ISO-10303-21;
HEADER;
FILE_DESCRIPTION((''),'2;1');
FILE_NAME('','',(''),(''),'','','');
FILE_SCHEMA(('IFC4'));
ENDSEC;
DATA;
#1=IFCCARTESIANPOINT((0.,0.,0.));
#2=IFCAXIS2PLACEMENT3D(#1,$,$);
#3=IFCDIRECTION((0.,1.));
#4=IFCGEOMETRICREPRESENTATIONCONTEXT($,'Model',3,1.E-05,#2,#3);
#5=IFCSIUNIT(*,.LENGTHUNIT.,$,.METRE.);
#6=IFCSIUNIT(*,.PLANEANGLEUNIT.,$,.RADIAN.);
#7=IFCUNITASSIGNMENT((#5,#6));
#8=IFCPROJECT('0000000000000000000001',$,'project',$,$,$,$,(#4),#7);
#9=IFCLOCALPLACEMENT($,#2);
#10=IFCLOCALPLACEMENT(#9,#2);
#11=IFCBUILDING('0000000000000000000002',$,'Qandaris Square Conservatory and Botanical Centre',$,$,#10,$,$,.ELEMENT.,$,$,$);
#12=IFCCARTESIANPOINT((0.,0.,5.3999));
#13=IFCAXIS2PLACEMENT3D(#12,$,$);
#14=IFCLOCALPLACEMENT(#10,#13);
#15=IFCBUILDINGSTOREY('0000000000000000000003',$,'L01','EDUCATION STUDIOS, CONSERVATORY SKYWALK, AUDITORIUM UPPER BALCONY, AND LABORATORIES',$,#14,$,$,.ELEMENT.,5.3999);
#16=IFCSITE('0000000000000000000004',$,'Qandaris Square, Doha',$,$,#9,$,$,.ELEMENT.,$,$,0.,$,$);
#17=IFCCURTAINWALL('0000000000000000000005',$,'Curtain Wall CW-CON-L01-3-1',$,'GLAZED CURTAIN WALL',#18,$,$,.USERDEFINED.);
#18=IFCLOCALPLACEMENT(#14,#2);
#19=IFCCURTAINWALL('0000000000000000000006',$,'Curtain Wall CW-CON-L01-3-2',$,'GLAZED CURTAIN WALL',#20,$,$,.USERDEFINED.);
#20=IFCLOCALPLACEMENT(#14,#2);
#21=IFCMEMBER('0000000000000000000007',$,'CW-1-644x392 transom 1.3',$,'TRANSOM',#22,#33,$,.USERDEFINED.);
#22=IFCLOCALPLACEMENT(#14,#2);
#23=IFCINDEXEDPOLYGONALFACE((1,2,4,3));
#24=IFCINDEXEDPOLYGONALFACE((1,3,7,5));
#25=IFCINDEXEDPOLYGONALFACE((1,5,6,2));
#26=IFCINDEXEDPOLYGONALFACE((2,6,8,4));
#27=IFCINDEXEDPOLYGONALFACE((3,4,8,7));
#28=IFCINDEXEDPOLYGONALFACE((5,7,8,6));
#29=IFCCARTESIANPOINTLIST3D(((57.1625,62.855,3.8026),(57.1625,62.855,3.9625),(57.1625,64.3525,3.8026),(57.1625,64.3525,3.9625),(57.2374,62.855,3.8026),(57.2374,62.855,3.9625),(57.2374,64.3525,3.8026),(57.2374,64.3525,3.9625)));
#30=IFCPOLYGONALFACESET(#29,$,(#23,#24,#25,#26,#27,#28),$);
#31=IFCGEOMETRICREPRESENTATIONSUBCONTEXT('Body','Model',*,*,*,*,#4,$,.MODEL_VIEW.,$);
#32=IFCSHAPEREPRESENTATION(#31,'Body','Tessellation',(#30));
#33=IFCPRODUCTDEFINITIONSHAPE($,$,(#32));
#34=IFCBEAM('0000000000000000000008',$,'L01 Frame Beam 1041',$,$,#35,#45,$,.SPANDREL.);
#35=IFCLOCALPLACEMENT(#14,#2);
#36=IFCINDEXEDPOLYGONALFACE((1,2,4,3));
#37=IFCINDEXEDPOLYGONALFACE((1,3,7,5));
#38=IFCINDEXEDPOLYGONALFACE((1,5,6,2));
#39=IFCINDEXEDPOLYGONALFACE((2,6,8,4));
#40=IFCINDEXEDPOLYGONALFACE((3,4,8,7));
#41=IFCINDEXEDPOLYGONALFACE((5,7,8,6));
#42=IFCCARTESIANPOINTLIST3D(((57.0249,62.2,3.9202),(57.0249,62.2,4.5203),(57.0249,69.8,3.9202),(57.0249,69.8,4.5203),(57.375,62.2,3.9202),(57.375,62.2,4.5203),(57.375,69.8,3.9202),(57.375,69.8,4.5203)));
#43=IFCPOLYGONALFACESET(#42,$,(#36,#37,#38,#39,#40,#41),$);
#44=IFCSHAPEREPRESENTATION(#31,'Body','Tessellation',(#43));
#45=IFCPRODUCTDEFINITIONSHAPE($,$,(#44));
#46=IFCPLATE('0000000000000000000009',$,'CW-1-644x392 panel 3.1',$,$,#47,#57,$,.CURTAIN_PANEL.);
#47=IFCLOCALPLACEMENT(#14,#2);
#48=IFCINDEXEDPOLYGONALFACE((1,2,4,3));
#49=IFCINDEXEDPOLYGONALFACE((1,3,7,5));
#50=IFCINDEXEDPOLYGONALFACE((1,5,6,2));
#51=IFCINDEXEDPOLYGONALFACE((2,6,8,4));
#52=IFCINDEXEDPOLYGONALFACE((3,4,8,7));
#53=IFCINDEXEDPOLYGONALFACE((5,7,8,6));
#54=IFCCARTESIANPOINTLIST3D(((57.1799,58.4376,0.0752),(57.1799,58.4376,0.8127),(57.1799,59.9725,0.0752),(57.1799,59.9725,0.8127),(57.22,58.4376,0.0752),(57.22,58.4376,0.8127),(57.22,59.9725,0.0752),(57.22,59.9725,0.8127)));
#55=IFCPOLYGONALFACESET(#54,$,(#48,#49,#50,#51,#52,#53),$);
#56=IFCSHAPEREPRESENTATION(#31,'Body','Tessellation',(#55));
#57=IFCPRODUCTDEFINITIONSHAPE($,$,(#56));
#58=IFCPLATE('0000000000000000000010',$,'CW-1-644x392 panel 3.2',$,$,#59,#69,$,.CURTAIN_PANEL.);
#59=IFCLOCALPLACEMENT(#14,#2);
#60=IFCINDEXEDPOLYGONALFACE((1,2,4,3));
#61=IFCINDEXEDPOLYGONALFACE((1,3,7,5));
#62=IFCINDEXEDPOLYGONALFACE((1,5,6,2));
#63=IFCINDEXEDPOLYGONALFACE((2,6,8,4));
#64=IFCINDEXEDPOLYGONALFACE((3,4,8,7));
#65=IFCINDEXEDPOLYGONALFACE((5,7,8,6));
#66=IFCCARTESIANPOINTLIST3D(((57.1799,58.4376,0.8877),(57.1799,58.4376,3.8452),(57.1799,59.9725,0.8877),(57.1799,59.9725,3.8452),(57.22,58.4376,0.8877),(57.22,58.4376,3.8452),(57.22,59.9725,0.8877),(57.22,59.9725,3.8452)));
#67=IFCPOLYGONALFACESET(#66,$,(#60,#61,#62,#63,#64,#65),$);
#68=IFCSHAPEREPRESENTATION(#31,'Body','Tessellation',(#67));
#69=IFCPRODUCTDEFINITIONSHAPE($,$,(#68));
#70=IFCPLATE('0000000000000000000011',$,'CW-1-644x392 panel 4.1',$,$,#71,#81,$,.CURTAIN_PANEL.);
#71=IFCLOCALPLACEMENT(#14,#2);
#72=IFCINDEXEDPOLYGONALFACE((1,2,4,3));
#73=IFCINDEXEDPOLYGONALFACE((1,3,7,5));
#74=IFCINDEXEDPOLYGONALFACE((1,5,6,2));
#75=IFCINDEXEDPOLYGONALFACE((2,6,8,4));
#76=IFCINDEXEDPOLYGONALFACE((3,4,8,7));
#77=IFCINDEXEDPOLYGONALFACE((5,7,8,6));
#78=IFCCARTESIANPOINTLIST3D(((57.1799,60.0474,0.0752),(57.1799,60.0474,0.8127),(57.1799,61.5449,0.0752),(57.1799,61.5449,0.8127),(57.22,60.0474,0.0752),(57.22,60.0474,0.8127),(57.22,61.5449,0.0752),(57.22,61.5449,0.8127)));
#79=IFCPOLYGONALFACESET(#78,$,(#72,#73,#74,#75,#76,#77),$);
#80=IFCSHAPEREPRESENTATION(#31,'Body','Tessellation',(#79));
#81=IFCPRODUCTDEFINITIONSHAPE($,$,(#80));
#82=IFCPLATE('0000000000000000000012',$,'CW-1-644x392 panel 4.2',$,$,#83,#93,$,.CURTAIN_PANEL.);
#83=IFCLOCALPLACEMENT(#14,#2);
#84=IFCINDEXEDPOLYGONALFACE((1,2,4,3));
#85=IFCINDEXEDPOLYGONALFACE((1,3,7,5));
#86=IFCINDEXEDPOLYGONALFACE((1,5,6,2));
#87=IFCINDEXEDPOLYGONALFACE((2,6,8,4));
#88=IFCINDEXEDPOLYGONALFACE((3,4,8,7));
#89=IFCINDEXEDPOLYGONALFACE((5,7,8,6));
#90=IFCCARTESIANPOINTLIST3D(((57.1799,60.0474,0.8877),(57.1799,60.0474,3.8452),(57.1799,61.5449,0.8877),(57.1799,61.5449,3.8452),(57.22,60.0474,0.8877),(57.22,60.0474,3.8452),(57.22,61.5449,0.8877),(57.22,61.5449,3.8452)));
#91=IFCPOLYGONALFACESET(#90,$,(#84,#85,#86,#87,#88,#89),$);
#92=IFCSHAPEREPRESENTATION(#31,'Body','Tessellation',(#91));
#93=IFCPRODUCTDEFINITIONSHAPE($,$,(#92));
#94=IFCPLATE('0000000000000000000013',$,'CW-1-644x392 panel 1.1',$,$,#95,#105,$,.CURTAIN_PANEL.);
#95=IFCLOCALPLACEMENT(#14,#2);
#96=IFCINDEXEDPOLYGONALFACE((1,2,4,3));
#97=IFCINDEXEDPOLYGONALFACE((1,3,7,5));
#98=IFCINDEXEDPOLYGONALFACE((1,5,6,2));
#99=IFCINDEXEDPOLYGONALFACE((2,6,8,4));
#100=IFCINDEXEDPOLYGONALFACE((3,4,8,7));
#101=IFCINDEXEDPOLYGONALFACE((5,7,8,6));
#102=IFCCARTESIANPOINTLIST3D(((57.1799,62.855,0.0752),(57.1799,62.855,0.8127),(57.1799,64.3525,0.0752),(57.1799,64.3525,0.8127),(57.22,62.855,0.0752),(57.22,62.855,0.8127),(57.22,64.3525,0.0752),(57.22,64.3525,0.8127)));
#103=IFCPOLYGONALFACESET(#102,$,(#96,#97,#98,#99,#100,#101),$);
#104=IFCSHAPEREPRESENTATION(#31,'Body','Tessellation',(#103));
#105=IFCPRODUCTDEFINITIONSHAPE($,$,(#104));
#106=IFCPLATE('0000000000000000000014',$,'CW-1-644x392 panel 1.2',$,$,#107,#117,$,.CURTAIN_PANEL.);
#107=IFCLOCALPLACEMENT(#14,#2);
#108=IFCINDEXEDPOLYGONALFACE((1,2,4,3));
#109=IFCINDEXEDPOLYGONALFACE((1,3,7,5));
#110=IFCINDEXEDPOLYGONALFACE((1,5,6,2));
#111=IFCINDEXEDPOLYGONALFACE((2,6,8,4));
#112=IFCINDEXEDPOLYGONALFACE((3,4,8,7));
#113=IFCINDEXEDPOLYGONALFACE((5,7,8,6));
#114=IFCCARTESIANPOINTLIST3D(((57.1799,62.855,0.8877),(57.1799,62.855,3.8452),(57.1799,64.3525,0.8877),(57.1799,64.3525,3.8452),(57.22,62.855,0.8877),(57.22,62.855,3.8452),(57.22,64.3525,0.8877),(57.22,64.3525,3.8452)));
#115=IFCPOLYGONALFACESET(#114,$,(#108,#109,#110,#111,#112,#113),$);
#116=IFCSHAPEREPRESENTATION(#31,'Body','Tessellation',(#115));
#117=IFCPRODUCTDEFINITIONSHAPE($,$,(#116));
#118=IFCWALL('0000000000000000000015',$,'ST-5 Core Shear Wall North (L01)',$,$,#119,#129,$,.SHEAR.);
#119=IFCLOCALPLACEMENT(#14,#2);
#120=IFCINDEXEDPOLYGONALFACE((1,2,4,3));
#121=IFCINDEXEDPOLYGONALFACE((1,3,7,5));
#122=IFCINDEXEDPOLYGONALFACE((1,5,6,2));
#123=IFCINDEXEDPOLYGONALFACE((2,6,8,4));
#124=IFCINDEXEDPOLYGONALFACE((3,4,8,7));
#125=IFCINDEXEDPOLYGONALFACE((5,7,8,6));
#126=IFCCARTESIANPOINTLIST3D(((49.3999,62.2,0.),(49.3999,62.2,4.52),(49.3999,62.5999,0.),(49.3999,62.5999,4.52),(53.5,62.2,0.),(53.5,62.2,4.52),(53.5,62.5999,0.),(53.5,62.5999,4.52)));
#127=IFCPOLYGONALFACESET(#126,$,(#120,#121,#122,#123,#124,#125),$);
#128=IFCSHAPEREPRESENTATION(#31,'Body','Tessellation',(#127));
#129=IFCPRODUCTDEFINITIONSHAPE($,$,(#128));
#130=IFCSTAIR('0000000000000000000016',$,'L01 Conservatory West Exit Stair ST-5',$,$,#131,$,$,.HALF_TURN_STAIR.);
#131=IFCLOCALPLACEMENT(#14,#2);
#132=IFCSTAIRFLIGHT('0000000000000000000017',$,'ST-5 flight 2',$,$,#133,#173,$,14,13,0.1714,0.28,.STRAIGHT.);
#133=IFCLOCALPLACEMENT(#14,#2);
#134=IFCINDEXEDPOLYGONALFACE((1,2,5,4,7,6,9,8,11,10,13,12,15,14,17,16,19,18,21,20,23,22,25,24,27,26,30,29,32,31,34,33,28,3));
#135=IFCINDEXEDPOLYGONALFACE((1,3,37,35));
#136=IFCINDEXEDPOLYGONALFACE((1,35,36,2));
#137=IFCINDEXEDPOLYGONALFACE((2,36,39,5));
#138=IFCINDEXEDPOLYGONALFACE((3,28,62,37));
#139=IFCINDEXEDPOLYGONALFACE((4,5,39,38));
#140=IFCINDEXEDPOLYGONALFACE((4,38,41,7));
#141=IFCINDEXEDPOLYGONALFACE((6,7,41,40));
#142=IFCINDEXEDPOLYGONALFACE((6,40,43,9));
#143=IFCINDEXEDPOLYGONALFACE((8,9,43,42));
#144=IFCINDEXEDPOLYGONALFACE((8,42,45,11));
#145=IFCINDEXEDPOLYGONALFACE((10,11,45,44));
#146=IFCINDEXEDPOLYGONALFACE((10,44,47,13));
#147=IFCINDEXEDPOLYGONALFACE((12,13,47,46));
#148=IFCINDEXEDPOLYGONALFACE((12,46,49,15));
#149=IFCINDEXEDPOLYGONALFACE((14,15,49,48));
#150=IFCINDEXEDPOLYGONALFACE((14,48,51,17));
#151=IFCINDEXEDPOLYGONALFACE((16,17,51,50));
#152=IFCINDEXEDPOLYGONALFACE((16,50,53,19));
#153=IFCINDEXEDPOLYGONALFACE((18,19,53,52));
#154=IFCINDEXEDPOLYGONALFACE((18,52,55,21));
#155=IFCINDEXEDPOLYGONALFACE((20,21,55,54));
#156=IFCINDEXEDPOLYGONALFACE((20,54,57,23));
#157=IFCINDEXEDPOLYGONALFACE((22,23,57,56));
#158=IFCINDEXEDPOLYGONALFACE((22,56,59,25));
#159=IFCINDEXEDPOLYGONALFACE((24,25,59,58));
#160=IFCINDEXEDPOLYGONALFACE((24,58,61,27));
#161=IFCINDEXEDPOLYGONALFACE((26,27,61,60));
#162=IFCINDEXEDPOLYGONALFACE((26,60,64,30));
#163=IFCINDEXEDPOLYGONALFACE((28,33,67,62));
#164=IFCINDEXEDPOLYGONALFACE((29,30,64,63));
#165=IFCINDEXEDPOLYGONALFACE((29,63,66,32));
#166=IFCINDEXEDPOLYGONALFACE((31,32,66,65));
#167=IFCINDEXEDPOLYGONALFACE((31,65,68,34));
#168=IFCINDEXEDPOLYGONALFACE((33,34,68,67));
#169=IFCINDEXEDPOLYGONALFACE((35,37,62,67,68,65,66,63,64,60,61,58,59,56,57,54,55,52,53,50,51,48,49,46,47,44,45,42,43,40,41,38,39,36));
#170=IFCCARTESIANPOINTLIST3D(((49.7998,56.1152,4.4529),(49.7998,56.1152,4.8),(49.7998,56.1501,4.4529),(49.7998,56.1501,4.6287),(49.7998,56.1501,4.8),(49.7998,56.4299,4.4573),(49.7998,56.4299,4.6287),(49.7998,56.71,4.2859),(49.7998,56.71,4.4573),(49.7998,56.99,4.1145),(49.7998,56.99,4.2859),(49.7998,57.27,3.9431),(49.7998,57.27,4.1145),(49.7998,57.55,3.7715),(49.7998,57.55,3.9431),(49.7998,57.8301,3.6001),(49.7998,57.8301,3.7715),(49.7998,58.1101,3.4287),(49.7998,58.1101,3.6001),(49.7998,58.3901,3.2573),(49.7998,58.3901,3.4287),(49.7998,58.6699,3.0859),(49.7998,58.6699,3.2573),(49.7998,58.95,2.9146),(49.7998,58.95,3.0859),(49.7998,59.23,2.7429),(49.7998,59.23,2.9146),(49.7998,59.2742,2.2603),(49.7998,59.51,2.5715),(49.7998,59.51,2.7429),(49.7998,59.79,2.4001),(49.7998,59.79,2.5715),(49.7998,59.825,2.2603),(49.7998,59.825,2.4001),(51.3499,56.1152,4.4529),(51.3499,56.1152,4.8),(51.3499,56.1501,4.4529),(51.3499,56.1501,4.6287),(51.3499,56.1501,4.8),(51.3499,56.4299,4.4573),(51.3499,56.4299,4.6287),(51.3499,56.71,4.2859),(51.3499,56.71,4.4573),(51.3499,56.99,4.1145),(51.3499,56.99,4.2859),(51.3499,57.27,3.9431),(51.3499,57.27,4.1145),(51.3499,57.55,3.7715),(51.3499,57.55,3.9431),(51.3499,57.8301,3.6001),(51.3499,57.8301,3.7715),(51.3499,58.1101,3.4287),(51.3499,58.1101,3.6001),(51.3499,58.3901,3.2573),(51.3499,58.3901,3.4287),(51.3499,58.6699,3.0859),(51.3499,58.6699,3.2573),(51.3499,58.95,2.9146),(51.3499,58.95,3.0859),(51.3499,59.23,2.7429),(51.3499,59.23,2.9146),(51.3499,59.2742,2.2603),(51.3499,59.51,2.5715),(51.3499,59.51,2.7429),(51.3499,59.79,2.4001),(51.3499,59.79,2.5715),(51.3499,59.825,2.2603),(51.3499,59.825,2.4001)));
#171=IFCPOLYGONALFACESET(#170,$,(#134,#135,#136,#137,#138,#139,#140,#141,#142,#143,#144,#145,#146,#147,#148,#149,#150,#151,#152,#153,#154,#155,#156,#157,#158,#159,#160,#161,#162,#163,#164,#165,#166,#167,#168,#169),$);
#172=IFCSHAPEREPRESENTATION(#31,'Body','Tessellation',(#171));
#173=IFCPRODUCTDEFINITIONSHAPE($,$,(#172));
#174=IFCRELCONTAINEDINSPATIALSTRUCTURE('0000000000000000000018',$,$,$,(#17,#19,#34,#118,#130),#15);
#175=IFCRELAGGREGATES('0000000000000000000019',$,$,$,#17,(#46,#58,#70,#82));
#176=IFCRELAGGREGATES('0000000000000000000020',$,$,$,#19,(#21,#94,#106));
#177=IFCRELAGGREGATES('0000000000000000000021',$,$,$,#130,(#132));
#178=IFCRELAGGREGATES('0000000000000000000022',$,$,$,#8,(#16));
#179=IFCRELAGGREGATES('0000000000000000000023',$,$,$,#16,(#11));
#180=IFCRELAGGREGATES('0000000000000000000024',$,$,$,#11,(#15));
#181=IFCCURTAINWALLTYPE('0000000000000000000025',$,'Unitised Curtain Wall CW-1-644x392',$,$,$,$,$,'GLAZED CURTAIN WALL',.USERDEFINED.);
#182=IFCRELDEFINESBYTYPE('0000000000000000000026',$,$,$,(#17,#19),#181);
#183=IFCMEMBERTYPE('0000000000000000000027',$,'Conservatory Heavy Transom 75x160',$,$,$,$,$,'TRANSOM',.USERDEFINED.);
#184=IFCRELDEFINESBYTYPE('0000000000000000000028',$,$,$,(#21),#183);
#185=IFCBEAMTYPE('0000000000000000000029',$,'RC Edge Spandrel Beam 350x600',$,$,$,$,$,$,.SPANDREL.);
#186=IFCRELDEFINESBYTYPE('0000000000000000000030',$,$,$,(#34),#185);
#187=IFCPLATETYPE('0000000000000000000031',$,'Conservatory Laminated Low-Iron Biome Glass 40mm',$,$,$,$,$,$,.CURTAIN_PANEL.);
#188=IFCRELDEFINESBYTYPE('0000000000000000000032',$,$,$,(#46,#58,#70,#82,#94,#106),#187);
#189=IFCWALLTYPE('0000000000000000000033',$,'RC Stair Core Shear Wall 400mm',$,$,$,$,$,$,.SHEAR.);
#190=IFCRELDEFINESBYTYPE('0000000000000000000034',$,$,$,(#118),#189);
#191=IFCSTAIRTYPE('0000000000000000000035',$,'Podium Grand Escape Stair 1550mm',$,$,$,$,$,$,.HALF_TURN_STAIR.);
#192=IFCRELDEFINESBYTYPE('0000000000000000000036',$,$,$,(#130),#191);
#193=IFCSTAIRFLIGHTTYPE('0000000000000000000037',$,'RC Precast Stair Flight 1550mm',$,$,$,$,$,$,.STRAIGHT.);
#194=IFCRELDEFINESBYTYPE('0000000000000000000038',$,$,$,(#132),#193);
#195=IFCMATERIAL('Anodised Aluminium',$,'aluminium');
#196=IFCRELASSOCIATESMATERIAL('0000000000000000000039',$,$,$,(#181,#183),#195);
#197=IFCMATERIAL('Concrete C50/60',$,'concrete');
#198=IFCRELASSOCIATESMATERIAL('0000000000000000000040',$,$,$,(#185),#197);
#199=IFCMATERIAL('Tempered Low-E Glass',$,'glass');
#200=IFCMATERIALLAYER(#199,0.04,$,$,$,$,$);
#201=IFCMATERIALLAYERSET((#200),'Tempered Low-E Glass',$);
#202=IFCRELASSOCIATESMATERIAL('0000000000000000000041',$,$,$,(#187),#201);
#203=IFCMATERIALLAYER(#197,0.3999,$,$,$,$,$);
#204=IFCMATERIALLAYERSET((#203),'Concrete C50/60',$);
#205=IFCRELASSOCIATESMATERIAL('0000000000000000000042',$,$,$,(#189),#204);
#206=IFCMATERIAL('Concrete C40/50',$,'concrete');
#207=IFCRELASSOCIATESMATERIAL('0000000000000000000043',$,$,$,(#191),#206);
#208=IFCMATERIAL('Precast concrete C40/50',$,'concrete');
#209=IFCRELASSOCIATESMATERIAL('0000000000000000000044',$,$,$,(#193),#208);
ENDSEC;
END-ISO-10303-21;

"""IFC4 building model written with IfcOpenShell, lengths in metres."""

from ifc_helpers import new_model, si_unit, direction, frame, frame_2d, origin, origin_2d, place, context, subcontext, project, spatial, polyline, rectangle, outline, extrude, material, layer, layer_set, material_profile, profile_set, type_object, element, aggregate, save


model = new_model("IFC4")

# Units and contexts
model_context = context("Model", 3, precision=1e-05, world=origin(), true_north=direction((0.0, 1.0)))
body_context = subcontext(model_context, "Body", "Model", "MODEL_VIEW")
ifc_project = project(units=[si_unit("LENGTHUNIT", "METRE"), si_unit("PLANEANGLEUNIT", "RADIAN")], contexts=[model_context])

# Site, building, storey
site_placement = place(None, origin())
site = spatial("IfcSite", under=ifc_project, at=site_placement, Name="Qandaris Square, Doha", CompositionType="ELEMENT", RefElevation=0.0)
building_placement = place(site_placement, origin())
building = spatial("IfcBuilding", under=site, at=building_placement, Name="Qandaris Square Conservatory and Botanical Centre", CompositionType="ELEMENT")
storey_placement = place(building_placement, frame((0.0, 0.0, 5.3999)))
storey = spatial("IfcBuildingStorey", under=building, at=storey_placement, Name="L01", Description="EDUCATION STUDIOS, CONSERVATORY SKYWALK, AUDITORIUM UPPER BALCONY, AND LABORATORIES", CompositionType="ELEMENT", Elevation=5.3999)

# Shared definitions
ifc_material_1 = material(Name="Concrete C50/60", Category="concrete")

# Curtain walls
ifc_material_2 = material(Name="Anodised Aluminium", Category="aluminium")
curtain_wall_type = type_object("IfcCurtainWallType", Name="Unitised Curtain Wall CW-1-644x392", ElementType="GLAZED CURTAIN WALL", PredefinedType="USERDEFINED", material=ifc_material_2)
curtain_wall_1_placement = place(storey_placement, origin())
curtain_wall_1 = element("IfcCurtainWall", 1, at=curtain_wall_1_placement, inside=storey, type_object=curtain_wall_type, Name="Curtain Wall CW-CON-L01-3-1", ObjectType="GLAZED CURTAIN WALL", PredefinedType="USERDEFINED")
curtain_wall_2_placement = place(storey_placement, origin())
curtain_wall_2 = element("IfcCurtainWall", 2, at=curtain_wall_2_placement, inside=storey, type_object=curtain_wall_type, Name="Curtain Wall CW-CON-L01-3-2", ObjectType="GLAZED CURTAIN WALL", PredefinedType="USERDEFINED")

# Member
ifc_material_profile_1 = material_profile(ifc_material_2, rectangle(XDim=0.075, YDim=0.1599, at=origin_2d()), Name="ALU-TRN 75x160")
ifc_profile_set_1 = profile_set([ifc_material_profile_1], Name="Anodised Aluminium")
member_type_1 = type_object("IfcMemberType", Name="Conservatory Heavy Transom 75x160", ElementType="TRANSOM", PredefinedType="USERDEFINED", material=ifc_profile_set_1)
member_1_placement = place(storey_placement, frame((57.2, 62.855, 3.8826), z_axis=(0.0, 1.0, 0.0), x_axis=(-1.0, 0.0, 0.0)))
member_1 = element("IfcMember", 3, at=member_1_placement, type_object=member_type_1, Name="CW-1-644x392 transom 1.3", ObjectType="TRANSOM", PredefinedType="USERDEFINED", context=body_context, shape_type="SweptSolid", body=[
    extrude(rectangle(XDim=0.075, YDim=0.1599, at=origin_2d()), origin(), (0.0, 0.0, 1.0), 1.4976),
])

# Beam
ifc_material_profile_2 = material_profile(ifc_material_1, rectangle(XDim=0.3501, YDim=0.6001, at=origin_2d()), Name="RC-SP 350x600")
ifc_profile_set_2 = profile_set([ifc_material_profile_2], Name="Concrete C50/60")
beam_type = type_object("IfcBeamType", Name="RC Edge Spandrel Beam 350x600", PredefinedType="SPANDREL", material=ifc_profile_set_2)
beam_placement = place(storey_placement, frame((57.2, 62.2, 4.2202), z_axis=(0.0, 1.0, 0.0), x_axis=(-1.0, 0.0, 0.0)))
element("IfcBeam", 4, at=beam_placement, inside=storey, type_object=beam_type, Name="L01 Frame Beam 1041", PredefinedType="SPANDREL", context=body_context, shape_type="SweptSolid", body=[
    extrude(rectangle(XDim=0.3501, YDim=0.6001, at=origin_2d()), origin(), (0.0, 0.0, 1.0), 7.6001),
])

# Plates
ifc_material_3 = material(Name="Tempered Low-E Glass", Category="glass")
ifc_layer_1 = layer(ifc_material_3, 0.04)
ifc_layer_set_1 = layer_set([ifc_layer_1], Name="Tempered Low-E Glass")
plate_type = type_object("IfcPlateType", Name="Conservatory Laminated Low-Iron Biome Glass 40mm", PredefinedType="CURTAIN_PANEL", material=ifc_layer_set_1)
plate_1_placement = place(storey_placement, frame((57.2, 59.2051, 0.0752), z_axis=(0.0, 0.0, 1.0), x_axis=(0.0, 1.0, 0.0)))
plate_1 = element("IfcPlate", 5, at=plate_1_placement, type_object=plate_type, Name="CW-1-644x392 panel 3.1", PredefinedType="CURTAIN_PANEL", context=body_context, shape_type="SweptSolid", body=[
    extrude(rectangle(XDim=1.5349, YDim=0.04, at=origin_2d()), origin(), (0.0, 0.0, 1.0), 0.7375),
])
plate_2_placement = place(storey_placement, frame((57.2, 59.2051, 0.8877), z_axis=(0.0, 0.0, 1.0), x_axis=(0.0, 1.0, 0.0)))
plate_2 = element("IfcPlate", 6, at=plate_2_placement, type_object=plate_type, Name="CW-1-644x392 panel 3.2", PredefinedType="CURTAIN_PANEL", context=body_context, shape_type="SweptSolid", body=[
    extrude(rectangle(XDim=1.5349, YDim=0.04, at=origin_2d()), origin(), (0.0, 0.0, 1.0), 2.9575),
])
plate_3_placement = place(storey_placement, frame((57.2, 60.7961, 0.0752), z_axis=(0.0, 0.0, 1.0), x_axis=(0.0, 1.0, 0.0)))
plate_3 = element("IfcPlate", 7, at=plate_3_placement, type_object=plate_type, Name="CW-1-644x392 panel 4.1", PredefinedType="CURTAIN_PANEL", context=body_context, shape_type="SweptSolid", body=[
    extrude(rectangle(XDim=1.4976, YDim=0.04, at=origin_2d()), origin(), (0.0, 0.0, 1.0), 0.7375),
])
plate_4_placement = place(storey_placement, frame((57.2, 60.7961, 0.8877), z_axis=(0.0, 0.0, 1.0), x_axis=(0.0, 1.0, 0.0)))
plate_4 = element("IfcPlate", 8, at=plate_4_placement, type_object=plate_type, Name="CW-1-644x392 panel 4.2", PredefinedType="CURTAIN_PANEL", context=body_context, shape_type="SweptSolid", body=[
    extrude(rectangle(XDim=1.4976, YDim=0.04, at=origin_2d()), origin(), (0.0, 0.0, 1.0), 2.9575),
])
aggregate(curtain_wall_1, [plate_1, plate_2, plate_3, plate_4])
plate_5_placement = place(storey_placement, frame((57.2, 63.6038, 0.0752), z_axis=(0.0, 0.0, 1.0), x_axis=(0.0, 1.0, 0.0)))
plate_5 = element("IfcPlate", 9, at=plate_5_placement, type_object=plate_type, Name="CW-1-644x392 panel 1.1", PredefinedType="CURTAIN_PANEL", context=body_context, shape_type="SweptSolid", body=[
    extrude(rectangle(XDim=1.4976, YDim=0.04, at=origin_2d()), origin(), (0.0, 0.0, 1.0), 0.7375),
])
plate_6_placement = place(storey_placement, frame((57.2, 63.6038, 0.8877), z_axis=(0.0, 0.0, 1.0), x_axis=(0.0, 1.0, 0.0)))
plate_6 = element("IfcPlate", 10, at=plate_6_placement, type_object=plate_type, Name="CW-1-644x392 panel 1.2", PredefinedType="CURTAIN_PANEL", context=body_context, shape_type="SweptSolid", body=[
    extrude(rectangle(XDim=1.4976, YDim=0.04, at=origin_2d()), origin(), (0.0, 0.0, 1.0), 2.9575),
])
aggregate(curtain_wall_2, [member_1, plate_5, plate_6])

# Wall
ifc_layer_2 = layer(ifc_material_1, 0.3999)
ifc_layer_set_2 = layer_set([ifc_layer_2], Name="Concrete C50/60")
wall_type = type_object("IfcWallType", Name="RC Stair Core Shear Wall 400mm", PredefinedType="SHEAR", material=ifc_layer_set_2)
wall_placement = place(storey_placement, frame((49.3999, 62.3999, 0.0), z_axis=(0.0, 0.0, 1.0), x_axis=(1.0, 0.0, 0.0)))
element("IfcWall", 11, at=wall_placement, inside=storey, type_object=wall_type, Name="ST-5 Core Shear Wall North (L01)", PredefinedType="SHEAR", context=body_context, shape_type="SweptSolid", body=[
    extrude(rectangle(XDim=4.1001, YDim=0.3999, at=frame_2d((2.05, 0.0))), origin(), (0.0, 0.0, 1.0), 4.52),
])

# Stair, stair flight
ifc_material_4 = material(Name="Concrete C40/50", Category="concrete")
stair_type = type_object("IfcStairType", Name="Podium Grand Escape Stair 1550mm", PredefinedType="HALF_TURN_STAIR", material=ifc_material_4)
stair_placement = place(storey_placement, origin())
stair = element("IfcStair", 12, at=stair_placement, inside=storey, type_object=stair_type, Name="L01 Conservatory West Exit Stair ST-5", PredefinedType="HALF_TURN_STAIR")
ifc_material_5 = material(Name="Precast concrete C40/50", Category="concrete")
stair_flight_type = type_object("IfcStairFlightType", Name="RC Precast Stair Flight 1550mm", PredefinedType="STRAIGHT", material=ifc_material_5)
stair_flight_placement = place(storey_placement, frame((50.575, 59.79, 2.4001), z_axis=(0.0, 0.0, 1.0), x_axis=(0.0, -1.0, 0.0)))
stair_flight = element("IfcStairFlight", 13, at=stair_flight_placement, type_object=stair_flight_type, Name="ST-5 flight 2", NumberOfRisers=14, NumberOfTreads=13, PredefinedType="STRAIGHT", RiserHeight=0.1714, TreadLength=0.28, context=body_context, shape_type="SweptSolid", body=[
    extrude(outline(polyline([(-0.0349, 0.0), (0.0, 0.0), (0.0, 0.1714), (0.28, 0.1714), (0.28, 0.3428), (0.5601, 0.3428), (0.5601, 0.5144), (0.8401, 0.5144), (0.8401, 0.6858), (1.1201, 0.6858), (1.1201, 0.8572), (1.3999, 0.8572), (1.3999, 1.0286), (1.6799, 1.0286), (1.6799, 1.2), (1.96, 1.2), (1.96, 1.3713), (2.24, 1.3713), (2.24, 1.543), (2.52, 1.543), (2.52, 1.7144), (2.8, 1.7144), (2.8, 1.8857), (3.0801, 1.8857), (3.0801, 2.0571), (3.3601, 2.0571), (3.3601, 2.2285), (3.6399, 2.2285), (3.6399, 2.3999), (3.6748, 2.3999), (3.6748, 2.0527), (3.6399, 2.0527), (0.5159, -0.1399), (-0.0349, -0.1399), (-0.0349, 0.0)])), frame((0.0, 0.7749, 0.0), z_axis=(0.0, -1.0, 0.0), x_axis=(1.0, 0.0, 0.0)), (0.0, 0.0, 1.0), 1.55),
])
aggregate(stair, [stair_flight])

save(model, "model.ifc")
